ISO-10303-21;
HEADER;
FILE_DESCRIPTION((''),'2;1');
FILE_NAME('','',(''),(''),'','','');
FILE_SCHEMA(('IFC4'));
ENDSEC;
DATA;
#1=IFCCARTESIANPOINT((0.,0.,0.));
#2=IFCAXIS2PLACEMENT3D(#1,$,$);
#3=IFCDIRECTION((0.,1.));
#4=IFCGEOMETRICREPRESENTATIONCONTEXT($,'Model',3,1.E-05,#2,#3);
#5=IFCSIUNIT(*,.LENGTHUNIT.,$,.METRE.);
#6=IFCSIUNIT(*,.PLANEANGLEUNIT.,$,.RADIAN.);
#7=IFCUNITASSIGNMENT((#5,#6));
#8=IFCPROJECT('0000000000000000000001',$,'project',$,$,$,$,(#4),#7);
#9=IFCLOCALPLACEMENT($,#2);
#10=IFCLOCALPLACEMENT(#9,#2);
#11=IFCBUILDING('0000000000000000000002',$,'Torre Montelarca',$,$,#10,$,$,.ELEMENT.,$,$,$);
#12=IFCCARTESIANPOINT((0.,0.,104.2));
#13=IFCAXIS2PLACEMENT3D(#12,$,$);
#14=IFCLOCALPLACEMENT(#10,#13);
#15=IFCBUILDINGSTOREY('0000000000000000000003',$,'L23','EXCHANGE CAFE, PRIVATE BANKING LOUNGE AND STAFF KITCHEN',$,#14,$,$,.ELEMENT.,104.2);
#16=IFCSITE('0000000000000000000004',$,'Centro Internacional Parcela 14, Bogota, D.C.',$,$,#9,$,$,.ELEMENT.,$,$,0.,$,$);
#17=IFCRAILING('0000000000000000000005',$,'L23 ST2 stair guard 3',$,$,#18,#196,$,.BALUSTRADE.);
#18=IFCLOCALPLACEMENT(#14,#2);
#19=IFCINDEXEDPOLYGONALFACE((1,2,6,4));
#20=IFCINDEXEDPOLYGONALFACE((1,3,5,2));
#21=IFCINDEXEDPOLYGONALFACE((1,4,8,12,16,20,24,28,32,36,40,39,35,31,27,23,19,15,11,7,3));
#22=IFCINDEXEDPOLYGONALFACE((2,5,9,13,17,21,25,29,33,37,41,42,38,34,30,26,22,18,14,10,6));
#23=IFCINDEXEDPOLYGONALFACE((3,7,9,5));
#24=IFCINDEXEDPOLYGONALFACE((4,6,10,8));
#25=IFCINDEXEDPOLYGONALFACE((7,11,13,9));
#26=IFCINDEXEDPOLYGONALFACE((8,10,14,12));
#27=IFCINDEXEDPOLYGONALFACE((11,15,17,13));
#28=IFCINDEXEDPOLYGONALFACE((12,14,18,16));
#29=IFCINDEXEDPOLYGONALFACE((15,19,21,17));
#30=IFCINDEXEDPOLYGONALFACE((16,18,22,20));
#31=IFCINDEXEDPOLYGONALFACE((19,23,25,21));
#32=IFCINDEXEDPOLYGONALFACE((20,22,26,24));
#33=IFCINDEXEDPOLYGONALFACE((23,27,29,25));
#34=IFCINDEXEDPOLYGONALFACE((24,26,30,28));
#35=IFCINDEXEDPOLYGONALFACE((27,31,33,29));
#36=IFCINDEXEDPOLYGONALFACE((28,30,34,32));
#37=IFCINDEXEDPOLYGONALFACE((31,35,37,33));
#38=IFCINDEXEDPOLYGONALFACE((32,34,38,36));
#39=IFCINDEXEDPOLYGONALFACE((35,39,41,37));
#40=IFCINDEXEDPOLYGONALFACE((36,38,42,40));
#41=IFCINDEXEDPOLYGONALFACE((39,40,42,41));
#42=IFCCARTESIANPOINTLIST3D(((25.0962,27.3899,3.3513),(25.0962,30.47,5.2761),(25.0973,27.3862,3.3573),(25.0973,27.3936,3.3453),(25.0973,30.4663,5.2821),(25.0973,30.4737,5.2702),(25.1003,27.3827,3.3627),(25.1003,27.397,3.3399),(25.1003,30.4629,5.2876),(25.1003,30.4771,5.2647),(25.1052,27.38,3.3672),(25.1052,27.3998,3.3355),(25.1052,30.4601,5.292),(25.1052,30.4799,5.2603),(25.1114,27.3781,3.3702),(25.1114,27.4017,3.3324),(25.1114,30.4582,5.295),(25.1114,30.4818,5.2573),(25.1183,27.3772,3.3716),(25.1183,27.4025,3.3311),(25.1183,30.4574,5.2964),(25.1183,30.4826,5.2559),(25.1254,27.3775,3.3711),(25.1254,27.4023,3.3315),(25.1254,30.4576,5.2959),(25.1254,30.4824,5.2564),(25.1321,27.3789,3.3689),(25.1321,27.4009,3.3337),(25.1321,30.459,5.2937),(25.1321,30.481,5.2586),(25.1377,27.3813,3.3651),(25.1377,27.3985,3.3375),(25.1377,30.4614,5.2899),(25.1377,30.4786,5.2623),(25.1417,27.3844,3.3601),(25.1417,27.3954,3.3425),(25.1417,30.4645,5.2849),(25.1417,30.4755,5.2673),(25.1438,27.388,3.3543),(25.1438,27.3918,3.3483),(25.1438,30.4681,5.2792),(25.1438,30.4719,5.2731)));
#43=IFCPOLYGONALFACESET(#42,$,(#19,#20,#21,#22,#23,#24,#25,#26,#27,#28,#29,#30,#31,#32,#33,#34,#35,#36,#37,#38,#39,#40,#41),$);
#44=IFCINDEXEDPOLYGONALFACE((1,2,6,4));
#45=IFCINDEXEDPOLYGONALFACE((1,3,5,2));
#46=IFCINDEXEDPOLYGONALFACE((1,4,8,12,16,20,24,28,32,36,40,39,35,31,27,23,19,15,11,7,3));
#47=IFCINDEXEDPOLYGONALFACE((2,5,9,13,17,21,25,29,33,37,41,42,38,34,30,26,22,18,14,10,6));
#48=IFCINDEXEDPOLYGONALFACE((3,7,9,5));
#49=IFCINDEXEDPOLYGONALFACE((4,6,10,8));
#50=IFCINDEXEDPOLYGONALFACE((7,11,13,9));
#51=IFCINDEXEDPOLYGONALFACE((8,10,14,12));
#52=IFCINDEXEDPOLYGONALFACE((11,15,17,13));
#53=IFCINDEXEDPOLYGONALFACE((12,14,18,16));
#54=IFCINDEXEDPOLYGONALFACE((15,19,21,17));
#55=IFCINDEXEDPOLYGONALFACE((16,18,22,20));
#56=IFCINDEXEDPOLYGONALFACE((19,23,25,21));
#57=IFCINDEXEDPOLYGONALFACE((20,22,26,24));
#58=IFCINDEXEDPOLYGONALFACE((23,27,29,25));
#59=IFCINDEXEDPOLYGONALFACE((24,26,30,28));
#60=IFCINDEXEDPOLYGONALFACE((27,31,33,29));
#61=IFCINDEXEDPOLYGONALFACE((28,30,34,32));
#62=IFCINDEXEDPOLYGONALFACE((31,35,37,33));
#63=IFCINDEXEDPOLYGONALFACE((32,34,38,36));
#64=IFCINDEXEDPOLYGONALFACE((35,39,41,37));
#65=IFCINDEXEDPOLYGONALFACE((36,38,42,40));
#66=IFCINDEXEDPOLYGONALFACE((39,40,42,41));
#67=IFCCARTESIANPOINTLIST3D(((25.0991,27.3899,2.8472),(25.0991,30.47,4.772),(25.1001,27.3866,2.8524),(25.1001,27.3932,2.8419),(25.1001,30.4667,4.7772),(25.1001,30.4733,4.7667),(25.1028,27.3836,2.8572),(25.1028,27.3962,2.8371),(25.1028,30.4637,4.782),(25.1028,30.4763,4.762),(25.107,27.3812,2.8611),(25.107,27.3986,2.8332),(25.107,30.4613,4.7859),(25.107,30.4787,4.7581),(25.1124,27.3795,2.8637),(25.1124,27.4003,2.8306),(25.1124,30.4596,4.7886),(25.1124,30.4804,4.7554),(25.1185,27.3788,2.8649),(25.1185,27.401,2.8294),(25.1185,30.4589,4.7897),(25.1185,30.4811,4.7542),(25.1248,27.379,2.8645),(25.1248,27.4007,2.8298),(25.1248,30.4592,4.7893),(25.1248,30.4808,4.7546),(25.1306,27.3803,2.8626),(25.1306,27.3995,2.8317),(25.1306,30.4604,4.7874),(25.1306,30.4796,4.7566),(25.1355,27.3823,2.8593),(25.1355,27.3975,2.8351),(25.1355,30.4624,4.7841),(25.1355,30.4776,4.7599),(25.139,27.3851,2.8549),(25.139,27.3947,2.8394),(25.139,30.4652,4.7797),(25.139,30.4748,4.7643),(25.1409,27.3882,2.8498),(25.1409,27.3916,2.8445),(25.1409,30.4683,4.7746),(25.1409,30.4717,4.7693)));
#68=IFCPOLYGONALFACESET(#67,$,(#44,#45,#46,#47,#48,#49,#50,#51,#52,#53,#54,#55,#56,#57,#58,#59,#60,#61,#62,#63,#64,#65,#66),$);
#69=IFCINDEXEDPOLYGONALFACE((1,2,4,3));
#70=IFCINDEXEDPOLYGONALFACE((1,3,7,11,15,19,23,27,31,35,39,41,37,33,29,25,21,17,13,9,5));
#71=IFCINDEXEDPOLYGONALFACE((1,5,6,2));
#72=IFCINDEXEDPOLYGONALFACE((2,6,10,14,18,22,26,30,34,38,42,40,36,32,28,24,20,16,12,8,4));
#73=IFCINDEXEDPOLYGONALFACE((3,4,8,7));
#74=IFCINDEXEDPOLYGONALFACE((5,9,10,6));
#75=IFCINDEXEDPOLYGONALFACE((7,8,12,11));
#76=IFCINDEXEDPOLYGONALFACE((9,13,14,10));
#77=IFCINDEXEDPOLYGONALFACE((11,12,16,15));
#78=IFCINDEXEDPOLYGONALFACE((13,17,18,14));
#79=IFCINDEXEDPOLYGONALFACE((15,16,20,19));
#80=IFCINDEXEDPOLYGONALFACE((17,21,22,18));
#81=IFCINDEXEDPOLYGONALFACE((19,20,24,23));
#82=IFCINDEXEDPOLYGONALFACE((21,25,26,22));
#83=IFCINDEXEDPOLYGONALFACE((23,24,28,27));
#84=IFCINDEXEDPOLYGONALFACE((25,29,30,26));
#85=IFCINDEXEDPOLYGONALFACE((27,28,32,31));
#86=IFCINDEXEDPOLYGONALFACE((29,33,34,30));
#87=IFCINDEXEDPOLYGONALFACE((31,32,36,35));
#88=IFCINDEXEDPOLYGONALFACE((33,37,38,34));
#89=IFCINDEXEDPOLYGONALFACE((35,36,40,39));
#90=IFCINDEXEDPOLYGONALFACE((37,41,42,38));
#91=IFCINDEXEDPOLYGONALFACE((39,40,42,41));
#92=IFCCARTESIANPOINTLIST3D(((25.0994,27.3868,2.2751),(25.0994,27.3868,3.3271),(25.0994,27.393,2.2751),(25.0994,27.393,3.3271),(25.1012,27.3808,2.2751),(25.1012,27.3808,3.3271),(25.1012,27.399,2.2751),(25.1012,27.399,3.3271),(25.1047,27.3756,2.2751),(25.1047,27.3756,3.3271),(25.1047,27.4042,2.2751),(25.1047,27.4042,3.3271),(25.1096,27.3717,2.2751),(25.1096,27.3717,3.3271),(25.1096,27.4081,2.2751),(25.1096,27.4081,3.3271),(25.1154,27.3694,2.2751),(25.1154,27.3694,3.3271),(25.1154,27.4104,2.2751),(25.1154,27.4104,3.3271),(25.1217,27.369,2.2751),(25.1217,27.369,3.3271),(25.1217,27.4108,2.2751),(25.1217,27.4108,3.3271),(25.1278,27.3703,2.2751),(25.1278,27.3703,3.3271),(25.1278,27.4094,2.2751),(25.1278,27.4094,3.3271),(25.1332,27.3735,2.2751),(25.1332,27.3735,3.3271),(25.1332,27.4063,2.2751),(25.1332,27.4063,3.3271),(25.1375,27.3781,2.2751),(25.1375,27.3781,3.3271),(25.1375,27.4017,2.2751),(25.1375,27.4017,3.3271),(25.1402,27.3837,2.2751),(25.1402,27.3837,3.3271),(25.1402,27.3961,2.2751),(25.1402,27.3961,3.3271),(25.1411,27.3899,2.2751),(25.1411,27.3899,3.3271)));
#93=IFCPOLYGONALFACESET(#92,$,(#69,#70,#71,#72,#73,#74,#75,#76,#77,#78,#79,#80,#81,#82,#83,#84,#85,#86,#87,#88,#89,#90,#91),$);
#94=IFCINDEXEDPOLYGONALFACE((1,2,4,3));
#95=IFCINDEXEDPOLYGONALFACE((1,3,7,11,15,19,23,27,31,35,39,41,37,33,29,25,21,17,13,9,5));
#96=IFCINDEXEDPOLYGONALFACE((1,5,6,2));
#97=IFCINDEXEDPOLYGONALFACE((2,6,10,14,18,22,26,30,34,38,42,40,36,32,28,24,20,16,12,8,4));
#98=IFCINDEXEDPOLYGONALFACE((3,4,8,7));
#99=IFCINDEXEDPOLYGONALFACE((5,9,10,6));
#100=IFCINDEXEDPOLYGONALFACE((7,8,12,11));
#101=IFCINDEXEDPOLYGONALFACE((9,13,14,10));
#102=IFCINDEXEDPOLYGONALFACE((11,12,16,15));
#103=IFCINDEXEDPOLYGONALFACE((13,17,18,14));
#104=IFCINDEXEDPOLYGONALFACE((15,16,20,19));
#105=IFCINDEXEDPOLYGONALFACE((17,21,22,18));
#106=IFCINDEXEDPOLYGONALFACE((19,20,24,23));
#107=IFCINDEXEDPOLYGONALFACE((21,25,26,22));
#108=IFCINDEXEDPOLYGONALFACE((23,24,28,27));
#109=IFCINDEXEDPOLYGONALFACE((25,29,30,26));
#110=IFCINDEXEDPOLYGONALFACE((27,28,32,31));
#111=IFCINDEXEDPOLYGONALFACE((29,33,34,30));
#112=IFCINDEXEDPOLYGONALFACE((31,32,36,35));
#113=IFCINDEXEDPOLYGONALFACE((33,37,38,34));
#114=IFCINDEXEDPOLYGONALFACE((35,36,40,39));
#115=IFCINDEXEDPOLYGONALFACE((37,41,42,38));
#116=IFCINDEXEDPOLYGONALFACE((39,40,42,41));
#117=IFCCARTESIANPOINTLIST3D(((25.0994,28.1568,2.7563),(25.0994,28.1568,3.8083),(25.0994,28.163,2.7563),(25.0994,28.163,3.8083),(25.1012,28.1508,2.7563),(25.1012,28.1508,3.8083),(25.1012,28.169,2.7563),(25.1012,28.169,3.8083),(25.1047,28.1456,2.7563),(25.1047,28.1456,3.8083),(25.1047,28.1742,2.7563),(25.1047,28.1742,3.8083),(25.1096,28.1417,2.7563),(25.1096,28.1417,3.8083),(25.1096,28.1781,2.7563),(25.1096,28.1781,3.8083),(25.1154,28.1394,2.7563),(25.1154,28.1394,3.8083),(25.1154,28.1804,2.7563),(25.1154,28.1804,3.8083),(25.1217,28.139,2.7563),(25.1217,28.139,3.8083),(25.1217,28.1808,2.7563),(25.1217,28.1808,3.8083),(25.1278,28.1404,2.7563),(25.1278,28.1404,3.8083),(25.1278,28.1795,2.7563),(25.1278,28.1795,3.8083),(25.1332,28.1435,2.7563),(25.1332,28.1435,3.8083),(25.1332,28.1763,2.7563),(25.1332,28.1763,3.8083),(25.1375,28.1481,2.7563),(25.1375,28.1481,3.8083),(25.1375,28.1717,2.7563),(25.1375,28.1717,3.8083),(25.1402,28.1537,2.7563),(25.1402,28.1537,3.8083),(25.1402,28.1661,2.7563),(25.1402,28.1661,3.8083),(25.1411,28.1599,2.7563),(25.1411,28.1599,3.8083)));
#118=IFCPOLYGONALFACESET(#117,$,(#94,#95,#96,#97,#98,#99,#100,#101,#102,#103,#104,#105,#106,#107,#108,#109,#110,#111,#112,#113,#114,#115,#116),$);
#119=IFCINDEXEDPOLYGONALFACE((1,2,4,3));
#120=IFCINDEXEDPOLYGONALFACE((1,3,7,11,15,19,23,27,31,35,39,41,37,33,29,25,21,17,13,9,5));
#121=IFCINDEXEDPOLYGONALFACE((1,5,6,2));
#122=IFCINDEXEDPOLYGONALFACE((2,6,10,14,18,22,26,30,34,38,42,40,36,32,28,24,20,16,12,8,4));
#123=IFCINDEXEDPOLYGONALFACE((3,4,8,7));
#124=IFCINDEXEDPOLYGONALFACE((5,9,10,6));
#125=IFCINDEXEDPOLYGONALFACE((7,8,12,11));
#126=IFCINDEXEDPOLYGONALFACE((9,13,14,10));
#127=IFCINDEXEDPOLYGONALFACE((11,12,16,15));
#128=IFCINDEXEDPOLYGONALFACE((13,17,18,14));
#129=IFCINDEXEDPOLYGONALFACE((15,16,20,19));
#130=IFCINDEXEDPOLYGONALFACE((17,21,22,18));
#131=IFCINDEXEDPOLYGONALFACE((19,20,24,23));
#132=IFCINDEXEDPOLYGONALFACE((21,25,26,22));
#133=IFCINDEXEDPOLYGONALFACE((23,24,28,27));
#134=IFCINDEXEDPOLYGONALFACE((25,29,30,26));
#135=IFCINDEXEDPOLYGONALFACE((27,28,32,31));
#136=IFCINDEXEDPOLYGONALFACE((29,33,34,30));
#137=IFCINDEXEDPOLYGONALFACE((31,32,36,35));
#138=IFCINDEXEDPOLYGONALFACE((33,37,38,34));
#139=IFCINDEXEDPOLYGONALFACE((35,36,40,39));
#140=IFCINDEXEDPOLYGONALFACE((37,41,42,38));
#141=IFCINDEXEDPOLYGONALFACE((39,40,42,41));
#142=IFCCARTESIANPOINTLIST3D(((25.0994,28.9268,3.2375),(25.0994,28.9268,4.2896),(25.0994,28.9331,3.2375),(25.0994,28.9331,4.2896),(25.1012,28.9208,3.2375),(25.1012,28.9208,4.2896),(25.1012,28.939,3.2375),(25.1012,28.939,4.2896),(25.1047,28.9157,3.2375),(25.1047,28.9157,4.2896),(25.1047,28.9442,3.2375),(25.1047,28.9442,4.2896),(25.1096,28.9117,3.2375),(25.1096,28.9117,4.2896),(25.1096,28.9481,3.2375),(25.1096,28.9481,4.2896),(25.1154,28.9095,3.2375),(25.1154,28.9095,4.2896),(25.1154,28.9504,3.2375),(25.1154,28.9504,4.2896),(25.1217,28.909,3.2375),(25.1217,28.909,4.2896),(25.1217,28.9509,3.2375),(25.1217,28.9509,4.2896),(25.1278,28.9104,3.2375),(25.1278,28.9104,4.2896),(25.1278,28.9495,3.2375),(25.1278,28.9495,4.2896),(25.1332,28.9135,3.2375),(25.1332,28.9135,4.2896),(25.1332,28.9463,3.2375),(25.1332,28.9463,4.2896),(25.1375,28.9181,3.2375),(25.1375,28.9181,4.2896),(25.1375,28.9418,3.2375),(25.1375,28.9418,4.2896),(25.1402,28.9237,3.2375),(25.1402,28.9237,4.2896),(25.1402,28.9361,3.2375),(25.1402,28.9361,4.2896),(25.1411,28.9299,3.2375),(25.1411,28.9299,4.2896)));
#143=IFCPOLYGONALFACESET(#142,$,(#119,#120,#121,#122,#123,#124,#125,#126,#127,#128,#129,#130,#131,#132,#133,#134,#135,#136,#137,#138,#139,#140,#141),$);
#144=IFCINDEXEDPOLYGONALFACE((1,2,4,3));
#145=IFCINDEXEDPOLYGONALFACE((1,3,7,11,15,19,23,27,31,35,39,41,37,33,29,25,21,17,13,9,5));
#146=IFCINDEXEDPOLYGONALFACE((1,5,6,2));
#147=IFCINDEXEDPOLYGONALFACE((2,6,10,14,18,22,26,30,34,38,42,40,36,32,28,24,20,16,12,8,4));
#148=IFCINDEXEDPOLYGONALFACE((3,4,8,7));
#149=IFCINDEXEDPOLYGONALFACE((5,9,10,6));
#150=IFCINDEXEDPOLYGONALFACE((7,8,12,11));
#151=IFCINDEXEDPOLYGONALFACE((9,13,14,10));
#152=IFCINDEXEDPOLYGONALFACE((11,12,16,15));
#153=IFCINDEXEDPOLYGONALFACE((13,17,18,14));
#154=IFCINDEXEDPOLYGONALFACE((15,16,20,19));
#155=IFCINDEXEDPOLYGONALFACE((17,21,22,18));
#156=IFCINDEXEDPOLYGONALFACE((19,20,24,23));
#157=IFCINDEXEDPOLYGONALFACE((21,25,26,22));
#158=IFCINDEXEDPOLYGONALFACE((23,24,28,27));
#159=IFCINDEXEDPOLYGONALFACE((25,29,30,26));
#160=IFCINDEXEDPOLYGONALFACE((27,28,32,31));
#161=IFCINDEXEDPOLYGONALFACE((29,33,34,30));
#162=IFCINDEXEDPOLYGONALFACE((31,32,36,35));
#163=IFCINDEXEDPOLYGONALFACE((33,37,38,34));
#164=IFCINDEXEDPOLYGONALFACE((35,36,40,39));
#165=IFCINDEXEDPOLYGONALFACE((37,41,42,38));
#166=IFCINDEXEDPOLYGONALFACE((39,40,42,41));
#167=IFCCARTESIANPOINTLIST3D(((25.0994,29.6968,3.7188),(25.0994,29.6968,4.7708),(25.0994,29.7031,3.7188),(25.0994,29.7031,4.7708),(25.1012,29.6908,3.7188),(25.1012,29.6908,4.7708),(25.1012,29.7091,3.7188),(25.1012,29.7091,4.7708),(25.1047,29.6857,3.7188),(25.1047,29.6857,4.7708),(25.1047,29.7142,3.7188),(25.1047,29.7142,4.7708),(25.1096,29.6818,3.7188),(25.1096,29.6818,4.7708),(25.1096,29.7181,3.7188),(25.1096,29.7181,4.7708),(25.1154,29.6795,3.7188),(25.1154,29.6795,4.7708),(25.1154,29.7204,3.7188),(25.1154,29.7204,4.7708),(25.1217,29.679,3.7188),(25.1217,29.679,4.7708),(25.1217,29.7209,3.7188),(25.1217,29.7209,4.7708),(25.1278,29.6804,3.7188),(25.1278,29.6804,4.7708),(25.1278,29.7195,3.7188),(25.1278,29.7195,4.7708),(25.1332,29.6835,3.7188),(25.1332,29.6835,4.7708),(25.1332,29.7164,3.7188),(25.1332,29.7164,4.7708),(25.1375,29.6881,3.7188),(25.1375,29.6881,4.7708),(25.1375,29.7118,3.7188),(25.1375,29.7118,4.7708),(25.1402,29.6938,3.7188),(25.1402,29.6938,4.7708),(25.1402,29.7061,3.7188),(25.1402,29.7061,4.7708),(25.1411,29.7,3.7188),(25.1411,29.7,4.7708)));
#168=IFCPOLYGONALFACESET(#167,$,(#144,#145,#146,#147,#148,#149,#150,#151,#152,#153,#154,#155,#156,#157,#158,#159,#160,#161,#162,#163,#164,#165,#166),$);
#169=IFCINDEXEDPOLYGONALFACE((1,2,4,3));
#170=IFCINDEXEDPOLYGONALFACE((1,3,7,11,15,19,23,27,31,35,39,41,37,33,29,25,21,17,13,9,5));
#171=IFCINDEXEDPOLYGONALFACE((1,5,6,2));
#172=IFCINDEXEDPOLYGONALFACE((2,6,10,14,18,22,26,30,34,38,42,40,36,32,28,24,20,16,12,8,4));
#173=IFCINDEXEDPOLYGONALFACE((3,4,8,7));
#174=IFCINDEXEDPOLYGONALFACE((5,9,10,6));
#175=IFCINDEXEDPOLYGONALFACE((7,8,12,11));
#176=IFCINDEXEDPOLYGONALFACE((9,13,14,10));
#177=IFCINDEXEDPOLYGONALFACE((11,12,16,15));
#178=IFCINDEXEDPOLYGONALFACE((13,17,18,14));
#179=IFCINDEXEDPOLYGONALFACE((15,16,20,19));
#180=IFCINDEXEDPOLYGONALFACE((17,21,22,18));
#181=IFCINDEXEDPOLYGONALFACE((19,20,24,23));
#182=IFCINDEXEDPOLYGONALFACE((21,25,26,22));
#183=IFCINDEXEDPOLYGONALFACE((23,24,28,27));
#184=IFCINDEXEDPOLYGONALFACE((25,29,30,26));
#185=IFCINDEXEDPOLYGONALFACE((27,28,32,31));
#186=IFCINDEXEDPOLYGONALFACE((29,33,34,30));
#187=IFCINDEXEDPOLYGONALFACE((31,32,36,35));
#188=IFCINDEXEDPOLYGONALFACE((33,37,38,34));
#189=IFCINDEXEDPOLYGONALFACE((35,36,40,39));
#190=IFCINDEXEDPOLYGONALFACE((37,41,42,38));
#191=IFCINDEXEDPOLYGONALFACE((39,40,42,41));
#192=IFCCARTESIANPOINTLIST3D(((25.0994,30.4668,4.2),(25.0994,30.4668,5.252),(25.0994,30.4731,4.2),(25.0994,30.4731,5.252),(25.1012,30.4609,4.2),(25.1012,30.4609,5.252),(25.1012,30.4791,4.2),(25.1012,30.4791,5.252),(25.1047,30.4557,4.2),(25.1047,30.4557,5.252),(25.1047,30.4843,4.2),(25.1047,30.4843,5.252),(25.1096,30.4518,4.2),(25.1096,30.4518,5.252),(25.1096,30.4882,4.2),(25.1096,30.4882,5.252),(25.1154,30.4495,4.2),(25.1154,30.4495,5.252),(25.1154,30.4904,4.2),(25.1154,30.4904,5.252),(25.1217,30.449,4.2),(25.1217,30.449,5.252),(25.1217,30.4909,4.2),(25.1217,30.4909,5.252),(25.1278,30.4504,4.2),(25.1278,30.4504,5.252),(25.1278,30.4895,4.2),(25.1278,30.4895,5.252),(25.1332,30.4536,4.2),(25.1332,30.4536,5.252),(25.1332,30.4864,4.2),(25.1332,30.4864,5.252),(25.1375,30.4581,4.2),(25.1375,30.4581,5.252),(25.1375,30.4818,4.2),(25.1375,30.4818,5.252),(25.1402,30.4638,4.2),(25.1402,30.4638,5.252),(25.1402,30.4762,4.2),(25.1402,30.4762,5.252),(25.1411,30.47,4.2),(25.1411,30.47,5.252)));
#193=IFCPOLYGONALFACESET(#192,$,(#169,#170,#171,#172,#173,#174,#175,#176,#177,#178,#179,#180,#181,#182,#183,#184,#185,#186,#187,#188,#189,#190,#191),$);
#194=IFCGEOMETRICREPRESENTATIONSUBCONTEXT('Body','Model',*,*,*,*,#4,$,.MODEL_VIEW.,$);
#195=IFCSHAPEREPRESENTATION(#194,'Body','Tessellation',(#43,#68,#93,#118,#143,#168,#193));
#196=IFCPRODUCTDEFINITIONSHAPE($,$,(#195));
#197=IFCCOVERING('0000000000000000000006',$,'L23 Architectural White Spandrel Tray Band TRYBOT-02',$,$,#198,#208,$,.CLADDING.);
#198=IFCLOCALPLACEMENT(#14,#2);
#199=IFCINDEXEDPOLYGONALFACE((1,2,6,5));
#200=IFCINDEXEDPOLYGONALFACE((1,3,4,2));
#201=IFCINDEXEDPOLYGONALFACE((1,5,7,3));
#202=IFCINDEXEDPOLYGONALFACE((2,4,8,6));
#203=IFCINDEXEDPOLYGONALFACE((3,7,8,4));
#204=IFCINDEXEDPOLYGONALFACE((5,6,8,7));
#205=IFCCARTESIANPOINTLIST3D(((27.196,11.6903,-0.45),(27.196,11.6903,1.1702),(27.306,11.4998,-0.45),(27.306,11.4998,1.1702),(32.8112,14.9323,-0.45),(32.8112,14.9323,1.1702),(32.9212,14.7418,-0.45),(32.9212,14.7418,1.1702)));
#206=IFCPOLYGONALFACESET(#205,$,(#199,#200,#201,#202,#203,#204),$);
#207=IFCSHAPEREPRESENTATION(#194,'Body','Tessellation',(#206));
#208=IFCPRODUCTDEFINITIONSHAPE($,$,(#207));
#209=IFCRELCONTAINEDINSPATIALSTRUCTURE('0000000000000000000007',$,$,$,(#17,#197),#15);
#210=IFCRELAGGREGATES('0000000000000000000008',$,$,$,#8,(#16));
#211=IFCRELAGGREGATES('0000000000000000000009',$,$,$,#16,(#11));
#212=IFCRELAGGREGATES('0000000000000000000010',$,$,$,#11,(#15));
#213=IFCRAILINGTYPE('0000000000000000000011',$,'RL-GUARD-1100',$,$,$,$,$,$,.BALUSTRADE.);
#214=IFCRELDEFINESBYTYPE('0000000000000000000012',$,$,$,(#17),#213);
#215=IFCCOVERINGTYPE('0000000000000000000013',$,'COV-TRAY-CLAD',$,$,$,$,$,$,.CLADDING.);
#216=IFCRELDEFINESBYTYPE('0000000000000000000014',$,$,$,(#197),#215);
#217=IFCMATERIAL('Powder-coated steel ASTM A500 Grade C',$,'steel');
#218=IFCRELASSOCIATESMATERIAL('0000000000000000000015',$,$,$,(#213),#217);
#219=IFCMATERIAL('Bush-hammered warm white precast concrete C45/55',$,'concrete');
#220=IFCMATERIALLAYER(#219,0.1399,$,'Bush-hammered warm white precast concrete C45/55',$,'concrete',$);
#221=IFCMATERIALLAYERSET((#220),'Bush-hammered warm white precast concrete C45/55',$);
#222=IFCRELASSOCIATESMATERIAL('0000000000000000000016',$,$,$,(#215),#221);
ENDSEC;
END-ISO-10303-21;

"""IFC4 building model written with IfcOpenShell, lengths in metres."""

from ifc_helpers import new_model, si_unit, direction, frame, origin, origin_2d, place, context, subcontext, project, spatial, rectangle, circle, extrude, source, transform, mapped, material, layer, layer_set, type_object, element, save


model = new_model("IFC4")

# Units and contexts
model_context = context("Model", 3, precision=1e-05, world=origin(), true_north=direction((0.0, 1.0)))
body_context = subcontext(model_context, "Body", "Model", "MODEL_VIEW")
ifc_project = project(units=[si_unit("LENGTHUNIT", "METRE"), si_unit("PLANEANGLEUNIT", "RADIAN")], contexts=[model_context])

# Site, building, storey
site_placement = place(None, origin())
site = spatial("IfcSite", under=ifc_project, at=site_placement, Name="Centro Internacional Parcela 14, Bogota, D.C.", CompositionType="ELEMENT", RefElevation=0.0)
building_placement = place(site_placement, origin())
building = spatial("IfcBuilding", under=site, at=building_placement, Name="Torre Montelarca", CompositionType="ELEMENT")
storey_placement = place(building_placement, frame((0.0, 0.0, 104.2)))
storey = spatial("IfcBuildingStorey", under=building, at=storey_placement, Name="L23", Description="EXCHANGE CAFE, PRIVATE BANKING LOUNGE AND STAFF KITCHEN", CompositionType="ELEMENT", Elevation=104.2)

# Railing
ifc_material_1 = material(Name="Powder-coated steel ASTM A500 Grade C", Category="steel")
railing_type = type_object("IfcRailingType", Name="RL-GUARD-1100", PredefinedType="BALUSTRADE", material=ifc_material_1)
railing_1_placement = place(storey_placement, frame((25.1201, 27.3899, 2.2751)))
element("IfcRailing", 1, at=railing_1_placement, inside=storey, type_object=railing_type, Name="L23 ST2 stair guard 3", PredefinedType="BALUSTRADE", context=body_context, shape_type="SweptSolid", body=[
    extrude(circle(Radius=0.0239, at=origin_2d()), frame((0.0, 0.0, 1.0762), z_axis=(0.0, 0.848029, 0.529951), x_axis=(-1.0, 0.0, 0.0)), (0.0, 0.0, 1.0), 3.6321),
    extrude(circle(Radius=0.021, at=origin_2d()), frame((0.0, 0.0, 0.572), z_axis=(0.0, 0.848029, 0.529951), x_axis=(-1.0, 0.0, 0.0)), (0.0, 0.0, 1.0), 3.6321),
    extrude(circle(Radius=0.021, at=origin_2d()), origin(), (0.0, 0.0, 1.0), 1.052),
    extrude(circle(Radius=0.021, at=origin_2d()), frame((0.0, 0.77, 0.4812)), (0.0, 0.0, 1.0), 1.052),
    extrude(circle(Radius=0.021, at=origin_2d()), frame((0.0, 1.54, 0.9624)), (0.0, 0.0, 1.0), 1.052),
    extrude(circle(Radius=0.021, at=origin_2d()), frame((0.0, 2.3101, 1.4436)), (0.0, 0.0, 1.0), 1.052),
    extrude(circle(Radius=0.021, at=origin_2d()), frame((0.0, 3.0801, 1.9248)), (0.0, 0.0, 1.0), 1.052),
])

# Covering
ifc_material_2 = material(Name="Bush-hammered warm white precast concrete C45/55", Category="concrete")
ifc_layer_1 = layer(ifc_material_2, 0.1399, Name="Bush-hammered warm white precast concrete C45/55", Category="concrete")
ifc_layer_set_1 = layer_set([ifc_layer_1], Name="Bush-hammered warm white precast concrete C45/55")
covering_type = type_object("IfcCoveringType", Name="COV-TRAY-CLAD", PredefinedType="CLADDING", material=ifc_layer_set_1)
shared_shape_1 = source(origin(), body_context, "Body", "SweptSolid", [
    extrude(rectangle(XDim=6.4839, YDim=0.22, at=origin_2d()), origin(), (0.0, 0.0, 1.0), 1.6201),
])
covering_1_placement = place(storey_placement, frame((30.0586, 13.2161, -0.45), z_axis=(0.0, 0.0, 1.0), x_axis=(0.866022, 0.500006, 0.0)))
element("IfcCovering", 2, at=covering_1_placement, inside=storey, type_object=covering_type, Name="L23 Architectural White Spandrel Tray Band TRYBOT-02", PredefinedType="CLADDING", context=body_context, shape_type="MappedRepresentation", body=[
    mapped(shared_shape_1, transform((0.0, 0.0, 0.0), scale=1.0)),
])

save(model, "model.ifc")
